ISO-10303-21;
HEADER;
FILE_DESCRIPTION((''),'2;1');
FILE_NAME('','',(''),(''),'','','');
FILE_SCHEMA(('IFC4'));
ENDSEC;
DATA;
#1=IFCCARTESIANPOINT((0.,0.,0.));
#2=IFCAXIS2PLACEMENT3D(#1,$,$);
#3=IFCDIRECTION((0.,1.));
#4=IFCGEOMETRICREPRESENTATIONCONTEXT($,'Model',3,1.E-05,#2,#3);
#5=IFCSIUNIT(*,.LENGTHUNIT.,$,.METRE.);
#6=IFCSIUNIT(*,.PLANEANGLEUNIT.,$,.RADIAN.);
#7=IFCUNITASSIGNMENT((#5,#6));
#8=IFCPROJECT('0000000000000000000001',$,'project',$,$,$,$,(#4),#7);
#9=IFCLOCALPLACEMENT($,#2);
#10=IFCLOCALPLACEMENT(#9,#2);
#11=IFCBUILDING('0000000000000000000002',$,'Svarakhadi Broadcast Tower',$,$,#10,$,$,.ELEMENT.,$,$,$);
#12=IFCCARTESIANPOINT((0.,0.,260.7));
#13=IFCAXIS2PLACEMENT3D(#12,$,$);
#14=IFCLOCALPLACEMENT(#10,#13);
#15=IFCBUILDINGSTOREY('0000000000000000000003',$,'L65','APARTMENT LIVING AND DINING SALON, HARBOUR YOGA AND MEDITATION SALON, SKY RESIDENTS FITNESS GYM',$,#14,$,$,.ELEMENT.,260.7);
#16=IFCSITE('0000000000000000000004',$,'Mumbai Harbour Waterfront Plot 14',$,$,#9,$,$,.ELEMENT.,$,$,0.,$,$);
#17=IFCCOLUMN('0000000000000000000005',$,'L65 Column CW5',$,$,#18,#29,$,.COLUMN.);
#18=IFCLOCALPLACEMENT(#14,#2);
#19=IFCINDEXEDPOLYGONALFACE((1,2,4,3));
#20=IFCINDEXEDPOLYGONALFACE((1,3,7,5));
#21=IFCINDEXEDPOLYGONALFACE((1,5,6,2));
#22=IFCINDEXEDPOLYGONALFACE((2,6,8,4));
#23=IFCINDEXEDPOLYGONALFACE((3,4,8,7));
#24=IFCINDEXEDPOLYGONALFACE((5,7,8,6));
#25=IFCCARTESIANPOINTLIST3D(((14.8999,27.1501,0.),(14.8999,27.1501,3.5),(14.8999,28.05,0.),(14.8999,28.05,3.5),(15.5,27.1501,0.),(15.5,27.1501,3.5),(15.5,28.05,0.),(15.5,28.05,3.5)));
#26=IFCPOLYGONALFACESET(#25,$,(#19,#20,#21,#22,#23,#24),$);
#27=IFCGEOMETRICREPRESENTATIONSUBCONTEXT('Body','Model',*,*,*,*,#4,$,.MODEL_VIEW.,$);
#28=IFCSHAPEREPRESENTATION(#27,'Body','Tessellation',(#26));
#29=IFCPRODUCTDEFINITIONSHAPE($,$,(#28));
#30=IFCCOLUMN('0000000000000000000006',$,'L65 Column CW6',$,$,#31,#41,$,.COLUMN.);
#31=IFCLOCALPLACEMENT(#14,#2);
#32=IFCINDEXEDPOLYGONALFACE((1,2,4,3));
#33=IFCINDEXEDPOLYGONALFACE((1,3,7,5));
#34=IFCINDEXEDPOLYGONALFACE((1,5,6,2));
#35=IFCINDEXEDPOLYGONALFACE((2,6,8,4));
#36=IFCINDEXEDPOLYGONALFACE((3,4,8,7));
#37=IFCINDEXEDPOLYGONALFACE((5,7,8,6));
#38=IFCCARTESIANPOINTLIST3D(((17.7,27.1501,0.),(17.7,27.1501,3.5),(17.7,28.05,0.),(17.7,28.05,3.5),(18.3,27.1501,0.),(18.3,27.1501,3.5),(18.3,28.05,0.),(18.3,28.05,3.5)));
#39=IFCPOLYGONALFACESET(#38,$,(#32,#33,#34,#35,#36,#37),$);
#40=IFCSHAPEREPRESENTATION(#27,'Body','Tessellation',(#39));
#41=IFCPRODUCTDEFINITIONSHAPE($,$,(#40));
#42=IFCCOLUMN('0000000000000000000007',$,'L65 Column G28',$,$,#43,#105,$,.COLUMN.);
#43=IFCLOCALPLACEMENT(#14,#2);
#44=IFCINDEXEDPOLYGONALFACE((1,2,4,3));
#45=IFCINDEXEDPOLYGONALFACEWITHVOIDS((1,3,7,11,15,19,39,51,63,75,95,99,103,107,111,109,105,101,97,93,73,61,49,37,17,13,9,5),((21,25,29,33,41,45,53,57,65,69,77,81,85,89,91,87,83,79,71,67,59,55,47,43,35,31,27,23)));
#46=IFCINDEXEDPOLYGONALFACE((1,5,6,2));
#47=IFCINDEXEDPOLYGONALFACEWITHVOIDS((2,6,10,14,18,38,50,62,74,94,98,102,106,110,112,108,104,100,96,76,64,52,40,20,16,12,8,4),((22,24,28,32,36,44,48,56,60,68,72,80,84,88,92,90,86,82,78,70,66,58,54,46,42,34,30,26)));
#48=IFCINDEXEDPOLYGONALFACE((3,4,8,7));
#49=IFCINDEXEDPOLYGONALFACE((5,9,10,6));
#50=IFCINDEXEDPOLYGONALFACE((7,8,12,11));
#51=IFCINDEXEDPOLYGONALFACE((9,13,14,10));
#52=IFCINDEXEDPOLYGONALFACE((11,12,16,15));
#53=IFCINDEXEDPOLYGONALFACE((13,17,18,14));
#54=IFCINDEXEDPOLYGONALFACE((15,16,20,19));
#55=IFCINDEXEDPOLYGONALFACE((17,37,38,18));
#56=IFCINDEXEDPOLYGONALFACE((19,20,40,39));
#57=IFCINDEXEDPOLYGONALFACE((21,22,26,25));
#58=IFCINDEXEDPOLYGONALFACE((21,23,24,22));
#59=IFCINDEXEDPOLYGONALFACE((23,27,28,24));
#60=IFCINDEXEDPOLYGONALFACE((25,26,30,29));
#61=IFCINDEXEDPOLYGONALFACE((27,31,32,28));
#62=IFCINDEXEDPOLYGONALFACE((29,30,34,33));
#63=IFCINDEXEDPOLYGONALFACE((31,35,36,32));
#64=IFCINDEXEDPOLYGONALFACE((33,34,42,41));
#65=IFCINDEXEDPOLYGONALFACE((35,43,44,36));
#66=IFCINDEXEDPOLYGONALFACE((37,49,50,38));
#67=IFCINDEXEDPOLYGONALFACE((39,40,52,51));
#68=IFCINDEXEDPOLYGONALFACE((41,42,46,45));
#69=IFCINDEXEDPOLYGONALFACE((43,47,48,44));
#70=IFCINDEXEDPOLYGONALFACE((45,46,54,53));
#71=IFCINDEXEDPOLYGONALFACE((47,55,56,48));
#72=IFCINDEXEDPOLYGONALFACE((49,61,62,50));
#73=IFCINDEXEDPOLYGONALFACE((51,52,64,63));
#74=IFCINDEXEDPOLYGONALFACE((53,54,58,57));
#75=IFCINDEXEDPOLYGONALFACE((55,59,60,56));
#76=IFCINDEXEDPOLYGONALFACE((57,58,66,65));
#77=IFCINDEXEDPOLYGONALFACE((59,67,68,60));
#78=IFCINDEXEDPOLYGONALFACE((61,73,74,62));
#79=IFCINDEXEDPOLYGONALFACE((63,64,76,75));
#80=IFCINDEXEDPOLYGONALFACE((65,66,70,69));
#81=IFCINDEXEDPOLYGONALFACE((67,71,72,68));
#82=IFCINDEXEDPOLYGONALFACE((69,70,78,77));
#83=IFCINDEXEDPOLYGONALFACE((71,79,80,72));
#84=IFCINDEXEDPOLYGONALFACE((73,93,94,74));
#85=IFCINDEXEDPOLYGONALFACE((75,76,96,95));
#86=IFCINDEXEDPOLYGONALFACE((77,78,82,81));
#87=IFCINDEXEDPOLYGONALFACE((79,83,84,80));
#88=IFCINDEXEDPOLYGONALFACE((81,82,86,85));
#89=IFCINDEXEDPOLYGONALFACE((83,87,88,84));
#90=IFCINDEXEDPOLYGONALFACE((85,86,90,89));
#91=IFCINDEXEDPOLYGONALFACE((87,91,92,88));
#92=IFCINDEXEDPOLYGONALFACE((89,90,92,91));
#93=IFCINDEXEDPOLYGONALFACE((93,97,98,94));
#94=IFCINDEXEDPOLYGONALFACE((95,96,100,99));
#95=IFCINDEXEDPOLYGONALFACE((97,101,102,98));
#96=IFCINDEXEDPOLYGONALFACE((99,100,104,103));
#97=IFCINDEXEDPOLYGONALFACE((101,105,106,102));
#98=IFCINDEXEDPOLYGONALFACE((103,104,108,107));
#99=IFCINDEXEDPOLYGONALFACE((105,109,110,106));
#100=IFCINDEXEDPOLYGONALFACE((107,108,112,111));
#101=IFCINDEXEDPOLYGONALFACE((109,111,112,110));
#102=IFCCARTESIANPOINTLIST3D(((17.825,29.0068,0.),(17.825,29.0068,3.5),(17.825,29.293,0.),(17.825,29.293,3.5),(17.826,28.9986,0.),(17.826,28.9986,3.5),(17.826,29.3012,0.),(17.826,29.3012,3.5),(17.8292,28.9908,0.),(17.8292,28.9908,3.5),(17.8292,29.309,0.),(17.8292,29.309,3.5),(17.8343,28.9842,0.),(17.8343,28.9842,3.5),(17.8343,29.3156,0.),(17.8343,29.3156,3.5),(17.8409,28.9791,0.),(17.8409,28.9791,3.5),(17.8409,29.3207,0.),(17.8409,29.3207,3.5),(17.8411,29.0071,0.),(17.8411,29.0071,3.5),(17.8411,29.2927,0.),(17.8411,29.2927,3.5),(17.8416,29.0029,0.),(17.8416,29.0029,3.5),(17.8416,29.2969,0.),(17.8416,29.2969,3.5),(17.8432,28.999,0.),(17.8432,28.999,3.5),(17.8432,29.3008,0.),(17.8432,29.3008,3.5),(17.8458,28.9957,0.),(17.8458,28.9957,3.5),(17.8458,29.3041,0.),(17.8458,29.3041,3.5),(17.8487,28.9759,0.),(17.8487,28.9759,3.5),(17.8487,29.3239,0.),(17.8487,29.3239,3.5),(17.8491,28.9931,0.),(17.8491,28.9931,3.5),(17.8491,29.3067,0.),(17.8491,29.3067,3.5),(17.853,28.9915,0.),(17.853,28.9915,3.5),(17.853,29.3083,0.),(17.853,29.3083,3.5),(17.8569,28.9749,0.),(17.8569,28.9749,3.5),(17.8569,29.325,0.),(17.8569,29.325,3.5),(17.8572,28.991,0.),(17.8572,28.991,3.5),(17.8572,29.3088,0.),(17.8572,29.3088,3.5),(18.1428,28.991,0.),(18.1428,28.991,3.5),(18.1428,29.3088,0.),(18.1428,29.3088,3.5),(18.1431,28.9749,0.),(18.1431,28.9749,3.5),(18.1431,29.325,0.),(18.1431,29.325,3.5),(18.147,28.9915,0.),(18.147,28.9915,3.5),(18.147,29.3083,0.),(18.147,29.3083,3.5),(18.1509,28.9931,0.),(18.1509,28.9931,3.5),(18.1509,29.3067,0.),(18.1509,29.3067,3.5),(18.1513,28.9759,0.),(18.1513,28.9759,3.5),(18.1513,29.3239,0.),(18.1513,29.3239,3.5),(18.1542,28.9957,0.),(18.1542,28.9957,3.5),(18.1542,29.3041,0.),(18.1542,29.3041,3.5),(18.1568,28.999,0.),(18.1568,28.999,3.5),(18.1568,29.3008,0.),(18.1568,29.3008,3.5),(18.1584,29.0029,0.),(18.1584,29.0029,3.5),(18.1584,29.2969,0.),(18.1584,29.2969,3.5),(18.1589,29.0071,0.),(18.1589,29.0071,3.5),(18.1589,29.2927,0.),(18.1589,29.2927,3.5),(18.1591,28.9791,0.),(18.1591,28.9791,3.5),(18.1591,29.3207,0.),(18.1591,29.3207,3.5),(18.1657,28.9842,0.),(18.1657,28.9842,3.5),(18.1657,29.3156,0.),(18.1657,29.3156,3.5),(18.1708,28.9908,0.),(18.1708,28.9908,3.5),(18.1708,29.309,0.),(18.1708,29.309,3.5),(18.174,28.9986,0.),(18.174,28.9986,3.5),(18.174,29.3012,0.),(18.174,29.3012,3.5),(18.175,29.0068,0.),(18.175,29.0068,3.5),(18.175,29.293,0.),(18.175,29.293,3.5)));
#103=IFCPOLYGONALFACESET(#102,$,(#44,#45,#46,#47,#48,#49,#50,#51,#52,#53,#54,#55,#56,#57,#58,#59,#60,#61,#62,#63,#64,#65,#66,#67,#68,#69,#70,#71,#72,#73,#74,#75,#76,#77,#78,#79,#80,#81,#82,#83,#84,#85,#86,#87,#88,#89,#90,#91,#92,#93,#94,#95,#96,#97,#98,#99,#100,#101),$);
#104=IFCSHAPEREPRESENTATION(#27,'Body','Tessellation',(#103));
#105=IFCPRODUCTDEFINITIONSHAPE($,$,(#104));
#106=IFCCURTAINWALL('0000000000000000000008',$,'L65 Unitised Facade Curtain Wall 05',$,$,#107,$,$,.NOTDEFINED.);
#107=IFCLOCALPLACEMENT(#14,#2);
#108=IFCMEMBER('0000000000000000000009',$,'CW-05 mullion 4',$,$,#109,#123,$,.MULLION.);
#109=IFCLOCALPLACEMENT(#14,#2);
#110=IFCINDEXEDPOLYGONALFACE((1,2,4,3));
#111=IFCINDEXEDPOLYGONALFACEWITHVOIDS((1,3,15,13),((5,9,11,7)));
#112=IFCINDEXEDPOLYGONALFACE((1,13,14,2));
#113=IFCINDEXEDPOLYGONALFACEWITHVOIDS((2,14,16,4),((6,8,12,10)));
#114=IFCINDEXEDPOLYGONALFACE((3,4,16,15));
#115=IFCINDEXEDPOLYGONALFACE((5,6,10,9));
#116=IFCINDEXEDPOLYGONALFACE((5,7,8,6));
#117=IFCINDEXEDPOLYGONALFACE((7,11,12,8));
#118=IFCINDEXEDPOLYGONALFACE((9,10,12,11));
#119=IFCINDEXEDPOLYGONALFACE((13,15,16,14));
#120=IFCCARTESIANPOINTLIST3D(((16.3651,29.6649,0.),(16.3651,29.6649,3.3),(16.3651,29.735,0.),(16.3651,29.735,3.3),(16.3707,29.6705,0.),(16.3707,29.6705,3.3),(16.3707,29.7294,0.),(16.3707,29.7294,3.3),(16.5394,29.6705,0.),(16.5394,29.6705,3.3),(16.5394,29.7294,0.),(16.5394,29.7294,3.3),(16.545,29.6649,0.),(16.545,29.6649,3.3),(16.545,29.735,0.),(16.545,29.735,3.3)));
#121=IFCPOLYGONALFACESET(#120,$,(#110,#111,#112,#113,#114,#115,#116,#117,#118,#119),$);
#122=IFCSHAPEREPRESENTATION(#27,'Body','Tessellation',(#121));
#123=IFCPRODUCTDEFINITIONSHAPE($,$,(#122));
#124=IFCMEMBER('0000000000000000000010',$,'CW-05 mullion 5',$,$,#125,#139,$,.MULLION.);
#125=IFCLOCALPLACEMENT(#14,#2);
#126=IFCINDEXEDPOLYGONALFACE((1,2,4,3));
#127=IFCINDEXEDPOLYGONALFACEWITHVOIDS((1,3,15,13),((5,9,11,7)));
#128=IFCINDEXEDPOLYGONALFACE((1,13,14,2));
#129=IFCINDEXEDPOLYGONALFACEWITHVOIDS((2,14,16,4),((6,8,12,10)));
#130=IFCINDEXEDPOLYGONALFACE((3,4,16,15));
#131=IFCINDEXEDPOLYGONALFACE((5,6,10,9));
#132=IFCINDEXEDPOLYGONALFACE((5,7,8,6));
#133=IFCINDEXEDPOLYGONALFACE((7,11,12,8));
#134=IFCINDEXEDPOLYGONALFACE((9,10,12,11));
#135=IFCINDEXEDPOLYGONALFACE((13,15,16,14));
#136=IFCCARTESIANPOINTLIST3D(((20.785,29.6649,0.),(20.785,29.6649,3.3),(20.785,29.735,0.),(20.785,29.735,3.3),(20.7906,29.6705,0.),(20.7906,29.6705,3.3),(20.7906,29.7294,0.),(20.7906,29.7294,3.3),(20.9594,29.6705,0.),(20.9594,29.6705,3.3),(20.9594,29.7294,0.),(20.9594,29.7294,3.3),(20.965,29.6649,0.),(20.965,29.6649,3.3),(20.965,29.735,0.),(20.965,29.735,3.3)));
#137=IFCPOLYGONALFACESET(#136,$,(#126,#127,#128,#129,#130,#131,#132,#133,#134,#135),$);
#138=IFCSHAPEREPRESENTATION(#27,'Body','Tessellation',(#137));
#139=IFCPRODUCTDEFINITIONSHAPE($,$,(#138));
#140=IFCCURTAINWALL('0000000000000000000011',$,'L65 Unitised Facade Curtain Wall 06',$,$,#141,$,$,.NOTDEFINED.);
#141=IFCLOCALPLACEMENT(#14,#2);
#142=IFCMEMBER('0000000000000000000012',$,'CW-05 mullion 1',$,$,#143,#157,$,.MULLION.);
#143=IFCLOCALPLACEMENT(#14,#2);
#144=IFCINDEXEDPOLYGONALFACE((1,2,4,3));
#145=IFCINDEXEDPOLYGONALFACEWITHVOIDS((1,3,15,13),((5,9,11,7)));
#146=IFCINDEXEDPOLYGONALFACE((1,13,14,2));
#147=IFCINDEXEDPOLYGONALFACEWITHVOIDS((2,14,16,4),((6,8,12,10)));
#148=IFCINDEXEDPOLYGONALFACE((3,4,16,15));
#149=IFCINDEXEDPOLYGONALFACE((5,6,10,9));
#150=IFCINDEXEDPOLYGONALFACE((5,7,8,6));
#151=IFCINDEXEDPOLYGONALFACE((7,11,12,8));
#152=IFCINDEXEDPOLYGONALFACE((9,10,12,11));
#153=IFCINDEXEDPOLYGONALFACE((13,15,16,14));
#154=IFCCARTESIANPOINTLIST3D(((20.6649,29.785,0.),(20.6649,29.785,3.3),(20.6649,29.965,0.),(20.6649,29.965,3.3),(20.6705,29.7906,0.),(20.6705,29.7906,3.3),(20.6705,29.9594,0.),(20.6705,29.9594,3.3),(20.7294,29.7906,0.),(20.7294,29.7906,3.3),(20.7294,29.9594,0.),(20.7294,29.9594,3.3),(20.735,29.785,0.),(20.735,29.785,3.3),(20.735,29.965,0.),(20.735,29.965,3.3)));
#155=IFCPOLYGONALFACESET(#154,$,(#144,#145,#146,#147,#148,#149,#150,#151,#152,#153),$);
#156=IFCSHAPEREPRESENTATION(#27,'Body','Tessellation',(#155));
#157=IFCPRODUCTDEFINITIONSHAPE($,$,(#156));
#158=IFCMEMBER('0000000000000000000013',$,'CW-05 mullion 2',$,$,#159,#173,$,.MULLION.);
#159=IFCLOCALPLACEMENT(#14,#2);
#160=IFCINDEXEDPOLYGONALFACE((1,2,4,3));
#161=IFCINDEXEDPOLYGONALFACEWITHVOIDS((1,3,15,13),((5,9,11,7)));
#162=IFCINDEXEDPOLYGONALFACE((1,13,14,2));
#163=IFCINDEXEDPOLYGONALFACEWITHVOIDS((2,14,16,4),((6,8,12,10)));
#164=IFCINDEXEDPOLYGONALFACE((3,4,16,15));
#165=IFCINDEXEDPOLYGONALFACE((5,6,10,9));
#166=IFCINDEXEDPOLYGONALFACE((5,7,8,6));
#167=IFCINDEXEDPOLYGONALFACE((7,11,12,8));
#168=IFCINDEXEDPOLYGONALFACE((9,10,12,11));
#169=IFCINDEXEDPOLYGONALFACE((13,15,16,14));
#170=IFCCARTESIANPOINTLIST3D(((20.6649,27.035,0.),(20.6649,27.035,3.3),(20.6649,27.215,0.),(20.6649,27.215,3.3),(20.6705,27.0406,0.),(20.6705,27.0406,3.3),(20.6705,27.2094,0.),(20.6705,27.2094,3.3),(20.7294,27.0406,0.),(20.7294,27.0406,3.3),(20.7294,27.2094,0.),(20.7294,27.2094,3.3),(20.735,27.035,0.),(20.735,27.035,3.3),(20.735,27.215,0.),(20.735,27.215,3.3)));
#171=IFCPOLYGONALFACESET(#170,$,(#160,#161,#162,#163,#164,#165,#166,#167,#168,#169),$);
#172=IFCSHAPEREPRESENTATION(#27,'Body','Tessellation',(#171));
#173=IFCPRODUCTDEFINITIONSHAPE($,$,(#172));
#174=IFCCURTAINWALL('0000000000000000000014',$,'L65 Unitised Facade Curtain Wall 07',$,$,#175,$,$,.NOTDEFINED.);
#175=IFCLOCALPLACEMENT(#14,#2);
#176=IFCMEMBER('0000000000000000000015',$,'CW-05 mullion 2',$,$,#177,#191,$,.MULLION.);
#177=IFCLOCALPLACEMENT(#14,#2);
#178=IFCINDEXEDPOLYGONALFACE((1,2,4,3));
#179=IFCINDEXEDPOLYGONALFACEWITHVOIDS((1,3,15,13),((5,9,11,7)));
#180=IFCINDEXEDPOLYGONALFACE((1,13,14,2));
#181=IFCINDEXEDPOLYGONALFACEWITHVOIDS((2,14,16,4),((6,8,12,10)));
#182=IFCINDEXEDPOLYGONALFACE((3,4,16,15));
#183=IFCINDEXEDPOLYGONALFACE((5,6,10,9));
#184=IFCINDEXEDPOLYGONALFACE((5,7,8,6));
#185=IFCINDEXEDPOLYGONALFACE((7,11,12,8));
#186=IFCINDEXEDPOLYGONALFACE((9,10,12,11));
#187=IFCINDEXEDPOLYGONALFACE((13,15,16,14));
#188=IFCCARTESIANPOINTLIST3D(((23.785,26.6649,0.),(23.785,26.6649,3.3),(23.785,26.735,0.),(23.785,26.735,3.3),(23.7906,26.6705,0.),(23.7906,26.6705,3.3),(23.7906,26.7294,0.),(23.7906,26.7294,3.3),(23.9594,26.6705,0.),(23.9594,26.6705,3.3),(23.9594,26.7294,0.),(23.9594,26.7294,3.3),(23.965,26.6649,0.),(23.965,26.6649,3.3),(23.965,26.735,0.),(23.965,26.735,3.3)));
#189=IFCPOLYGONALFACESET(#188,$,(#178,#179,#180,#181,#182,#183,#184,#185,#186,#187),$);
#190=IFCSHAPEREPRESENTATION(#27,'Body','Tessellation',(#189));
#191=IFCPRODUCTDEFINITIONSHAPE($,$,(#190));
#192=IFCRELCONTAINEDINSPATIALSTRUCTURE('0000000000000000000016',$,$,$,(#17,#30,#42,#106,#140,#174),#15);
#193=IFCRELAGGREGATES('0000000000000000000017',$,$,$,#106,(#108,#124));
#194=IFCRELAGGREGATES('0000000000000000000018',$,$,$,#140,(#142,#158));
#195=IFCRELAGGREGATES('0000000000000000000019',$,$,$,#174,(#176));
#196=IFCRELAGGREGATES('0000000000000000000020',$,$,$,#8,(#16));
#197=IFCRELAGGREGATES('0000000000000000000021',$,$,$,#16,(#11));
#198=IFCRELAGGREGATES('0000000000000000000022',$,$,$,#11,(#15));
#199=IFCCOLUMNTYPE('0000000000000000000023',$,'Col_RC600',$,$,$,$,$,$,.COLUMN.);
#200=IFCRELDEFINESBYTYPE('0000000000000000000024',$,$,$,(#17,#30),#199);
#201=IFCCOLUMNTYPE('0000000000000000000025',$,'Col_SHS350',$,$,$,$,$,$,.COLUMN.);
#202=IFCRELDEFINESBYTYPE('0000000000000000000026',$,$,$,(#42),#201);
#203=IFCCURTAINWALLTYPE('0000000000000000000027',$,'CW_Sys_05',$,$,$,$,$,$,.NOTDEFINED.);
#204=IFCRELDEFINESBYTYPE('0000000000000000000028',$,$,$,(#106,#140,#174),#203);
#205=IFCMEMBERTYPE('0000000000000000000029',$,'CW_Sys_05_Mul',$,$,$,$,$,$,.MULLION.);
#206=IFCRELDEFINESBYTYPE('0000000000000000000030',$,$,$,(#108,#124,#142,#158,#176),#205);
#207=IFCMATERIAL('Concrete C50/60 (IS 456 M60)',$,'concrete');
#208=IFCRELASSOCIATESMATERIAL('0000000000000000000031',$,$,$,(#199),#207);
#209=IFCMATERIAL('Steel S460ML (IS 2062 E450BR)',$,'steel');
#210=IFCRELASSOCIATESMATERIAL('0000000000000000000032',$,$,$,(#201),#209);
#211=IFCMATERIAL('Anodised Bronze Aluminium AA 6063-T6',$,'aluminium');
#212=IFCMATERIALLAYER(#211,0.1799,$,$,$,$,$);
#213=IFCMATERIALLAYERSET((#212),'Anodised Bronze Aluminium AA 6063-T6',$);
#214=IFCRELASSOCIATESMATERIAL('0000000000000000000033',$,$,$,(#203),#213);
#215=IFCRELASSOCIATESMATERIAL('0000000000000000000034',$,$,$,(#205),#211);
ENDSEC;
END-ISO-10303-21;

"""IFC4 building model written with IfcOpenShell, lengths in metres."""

from ifc_helpers import new_model, si_unit, direction, frame, origin, origin_2d, place, context, subcontext, project, spatial, rectangle, hollow_rectangle, extrude, material, layer, layer_set, material_profile, profile_set, type_object, element, aggregate, save


model = new_model("IFC4")

# Units and contexts
model_context = context("Model", 3, precision=1e-05, world=origin(), true_north=direction((0.0, 1.0)))
body_context = subcontext(model_context, "Body", "Model", "MODEL_VIEW")
ifc_project = project(units=[si_unit("LENGTHUNIT", "METRE"), si_unit("PLANEANGLEUNIT", "RADIAN")], contexts=[model_context])

# Site, building, storey
site_placement = place(None, origin())
site = spatial("IfcSite", under=ifc_project, at=site_placement, Name="Mumbai Harbour Waterfront Plot 14", CompositionType="ELEMENT", RefElevation=0.0)
building_placement = place(site_placement, origin())
building = spatial("IfcBuilding", under=site, at=building_placement, Name="Svarakhadi Broadcast Tower", CompositionType="ELEMENT")
storey_placement = place(building_placement, frame((0.0, 0.0, 260.7)))
storey = spatial("IfcBuildingStorey", under=building, at=storey_placement, Name="L65", Description="APARTMENT LIVING AND DINING SALON, HARBOUR YOGA AND MEDITATION SALON, SKY RESIDENTS FITNESS GYM", CompositionType="ELEMENT", Elevation=260.7)

# Columns
ifc_material_1 = material(Name="Concrete C50/60 (IS 456 M60)", Category="concrete")
ifc_material_profile_1 = material_profile(ifc_material_1, rectangle(XDim=0.6001, YDim=0.8999, at=origin_2d()), Name="RC 600x900")
ifc_profile_set_1 = profile_set([ifc_material_profile_1], Name="Concrete C50/60 (IS 456 M60)")
column_type_1 = type_object("IfcColumnType", Name="Col_RC600", PredefinedType="COLUMN", material=ifc_profile_set_1)
for number, where, z_axis, x_axis, name in (
    (1, (15.2, 27.6001, 0.0), (0.0, 0.0, 1.0), (1.0, 0.0, 0.0), "L65 Column CW5"),
    (2, (18.0, 27.6001, 0.0), (0.0, 0.0, 1.0), (1.0, 0.0, 0.0), "L65 Column CW6"),
):
    element("IfcColumn", number, at=place(storey_placement, frame(where, z_axis=z_axis, x_axis=x_axis)), inside=storey, type_object=column_type_1, Name=name, PredefinedType="COLUMN", context=body_context, shape_type="SweptSolid", body=[
        extrude(rectangle(XDim=0.6001, YDim=0.8999, at=origin_2d()), origin(), (0.0, 0.0, 1.0), 3.5),
    ])
ifc_material_2 = material(Name="Steel S460ML (IS 2062 E450BR)", Category="steel")
ifc_material_profile_2 = material_profile(ifc_material_2, hollow_rectangle(XDim=0.3501, YDim=0.3501, WallThickness=0.0161, InnerFilletRadius=0.0161, OuterFilletRadius=0.032, at=origin_2d()), Name="SHS 350x350x16")
ifc_profile_set_2 = profile_set([ifc_material_profile_2], Name="Steel S460ML (IS 2062 E450BR)")
column_type_2 = type_object("IfcColumnType", Name="Col_SHS350", PredefinedType="COLUMN", material=ifc_profile_set_2)
column_placement = place(storey_placement, frame((18.0, 29.1499, 0.0), z_axis=(0.0, 0.0, 1.0), x_axis=(1.0, 0.0, 0.0)))
element("IfcColumn", 3, at=column_placement, inside=storey, type_object=column_type_2, Name="L65 Column G28", PredefinedType="COLUMN", context=body_context, shape_type="SweptSolid", body=[
    extrude(hollow_rectangle(XDim=0.3501, YDim=0.3501, WallThickness=0.0161, InnerFilletRadius=0.0161, OuterFilletRadius=0.032, at=origin_2d()), origin(), (0.0, 0.0, 1.0), 3.5),
])

# Curtain walls, members
ifc_material_3 = material(Name="Anodised Bronze Aluminium AA 6063-T6", Category="aluminium")
ifc_layer_1 = layer(ifc_material_3, 0.1799)
ifc_layer_set_1 = layer_set([ifc_layer_1], Name="Anodised Bronze Aluminium AA 6063-T6")
curtain_wall_type = type_object("IfcCurtainWallType", Name="CW_Sys_05", PredefinedType="NOTDEFINED", material=ifc_layer_set_1)
curtain_wall_1_placement = place(storey_placement, origin())
curtain_wall_1 = element("IfcCurtainWall", 4, at=curtain_wall_1_placement, inside=storey, type_object=curtain_wall_type, Name="L65 Unitised Facade Curtain Wall 05", PredefinedType="NOTDEFINED")
ifc_material_profile_3 = material_profile(ifc_material_3, hollow_rectangle(XDim=0.0701, YDim=0.1799, WallThickness=0.0056, at=origin_2d()), Name="ALU MULLION 180x70x6")
ifc_profile_set_3 = profile_set([ifc_material_profile_3], Name="Anodised Bronze Aluminium AA 6063-T6")
member_type_1 = type_object("IfcMemberType", Name="CW_Sys_05_Mul", PredefinedType="MULLION", material=ifc_profile_set_3)
member_1_placement = place(storey_placement, frame((16.4551, 29.7, 0.0), z_axis=(0.0, 0.0, 1.0), x_axis=(0.0, 1.0, 0.0)))
member_1 = element("IfcMember", 5, at=member_1_placement, type_object=member_type_1, Name="CW-05 mullion 4", PredefinedType="MULLION", context=body_context, shape_type="SweptSolid", body=[
    extrude(hollow_rectangle(XDim=0.0701, YDim=0.1799, WallThickness=0.0056, at=origin_2d()), origin(), (0.0, 0.0, 1.0), 3.3),
])
member_2_placement = place(storey_placement, frame((20.875, 29.7, 0.0), z_axis=(0.0, 0.0, 1.0), x_axis=(0.0, 1.0, 0.0)))
member_2 = element("IfcMember", 6, at=member_2_placement, type_object=member_type_1, Name="CW-05 mullion 5", PredefinedType="MULLION", context=body_context, shape_type="SweptSolid", body=[
    extrude(hollow_rectangle(XDim=0.0701, YDim=0.1799, WallThickness=0.0056, at=origin_2d()), origin(), (0.0, 0.0, 1.0), 3.3),
])
curtain_wall_2_placement = place(storey_placement, origin())
curtain_wall_2 = element("IfcCurtainWall", 7, at=curtain_wall_2_placement, inside=storey, type_object=curtain_wall_type, Name="L65 Unitised Facade Curtain Wall 06", PredefinedType="NOTDEFINED")
member_3_placement = place(storey_placement, frame((20.7, 29.875, 0.0), z_axis=(0.0, 0.0, 1.0), x_axis=(1.0, 0.0, 0.0)))
member_3 = element("IfcMember", 8, at=member_3_placement, type_object=member_type_1, Name="CW-05 mullion 1", PredefinedType="MULLION", context=body_context, shape_type="SweptSolid", body=[
    extrude(hollow_rectangle(XDim=0.0701, YDim=0.1799, WallThickness=0.0056, at=origin_2d()), origin(), (0.0, 0.0, 1.0), 3.3),
])
member_4_placement = place(storey_placement, frame((20.7, 27.125, 0.0), z_axis=(0.0, 0.0, 1.0), x_axis=(1.0, 0.0, 0.0)))
member_4 = element("IfcMember", 9, at=member_4_placement, type_object=member_type_1, Name="CW-05 mullion 2", PredefinedType="MULLION", context=body_context, shape_type="SweptSolid", body=[
    extrude(hollow_rectangle(XDim=0.0701, YDim=0.1799, WallThickness=0.0056, at=origin_2d()), origin(), (0.0, 0.0, 1.0), 3.3),
])

# Curtain wall, member
curtain_wall_3_placement = place(storey_placement, origin())
curtain_wall_3 = element("IfcCurtainWall", 10, at=curtain_wall_3_placement, inside=storey, type_object=curtain_wall_type, Name="L65 Unitised Facade Curtain Wall 07", PredefinedType="NOTDEFINED")
member_5_placement = place(storey_placement, frame((23.875, 26.7, 0.0), z_axis=(0.0, 0.0, 1.0), x_axis=(0.0, 1.0, 0.0)))
member_5 = element("IfcMember", 11, at=member_5_placement, type_object=member_type_1, Name="CW-05 mullion 2", PredefinedType="MULLION", context=body_context, shape_type="SweptSolid", body=[
    extrude(hollow_rectangle(XDim=0.0701, YDim=0.1799, WallThickness=0.0056, at=origin_2d()), origin(), (0.0, 0.0, 1.0), 3.3),
])

aggregate(curtain_wall_1, [member_1, member_2])
aggregate(curtain_wall_2, [member_3, member_4])
aggregate(curtain_wall_3, [member_5])

save(model, "model.ifc")
